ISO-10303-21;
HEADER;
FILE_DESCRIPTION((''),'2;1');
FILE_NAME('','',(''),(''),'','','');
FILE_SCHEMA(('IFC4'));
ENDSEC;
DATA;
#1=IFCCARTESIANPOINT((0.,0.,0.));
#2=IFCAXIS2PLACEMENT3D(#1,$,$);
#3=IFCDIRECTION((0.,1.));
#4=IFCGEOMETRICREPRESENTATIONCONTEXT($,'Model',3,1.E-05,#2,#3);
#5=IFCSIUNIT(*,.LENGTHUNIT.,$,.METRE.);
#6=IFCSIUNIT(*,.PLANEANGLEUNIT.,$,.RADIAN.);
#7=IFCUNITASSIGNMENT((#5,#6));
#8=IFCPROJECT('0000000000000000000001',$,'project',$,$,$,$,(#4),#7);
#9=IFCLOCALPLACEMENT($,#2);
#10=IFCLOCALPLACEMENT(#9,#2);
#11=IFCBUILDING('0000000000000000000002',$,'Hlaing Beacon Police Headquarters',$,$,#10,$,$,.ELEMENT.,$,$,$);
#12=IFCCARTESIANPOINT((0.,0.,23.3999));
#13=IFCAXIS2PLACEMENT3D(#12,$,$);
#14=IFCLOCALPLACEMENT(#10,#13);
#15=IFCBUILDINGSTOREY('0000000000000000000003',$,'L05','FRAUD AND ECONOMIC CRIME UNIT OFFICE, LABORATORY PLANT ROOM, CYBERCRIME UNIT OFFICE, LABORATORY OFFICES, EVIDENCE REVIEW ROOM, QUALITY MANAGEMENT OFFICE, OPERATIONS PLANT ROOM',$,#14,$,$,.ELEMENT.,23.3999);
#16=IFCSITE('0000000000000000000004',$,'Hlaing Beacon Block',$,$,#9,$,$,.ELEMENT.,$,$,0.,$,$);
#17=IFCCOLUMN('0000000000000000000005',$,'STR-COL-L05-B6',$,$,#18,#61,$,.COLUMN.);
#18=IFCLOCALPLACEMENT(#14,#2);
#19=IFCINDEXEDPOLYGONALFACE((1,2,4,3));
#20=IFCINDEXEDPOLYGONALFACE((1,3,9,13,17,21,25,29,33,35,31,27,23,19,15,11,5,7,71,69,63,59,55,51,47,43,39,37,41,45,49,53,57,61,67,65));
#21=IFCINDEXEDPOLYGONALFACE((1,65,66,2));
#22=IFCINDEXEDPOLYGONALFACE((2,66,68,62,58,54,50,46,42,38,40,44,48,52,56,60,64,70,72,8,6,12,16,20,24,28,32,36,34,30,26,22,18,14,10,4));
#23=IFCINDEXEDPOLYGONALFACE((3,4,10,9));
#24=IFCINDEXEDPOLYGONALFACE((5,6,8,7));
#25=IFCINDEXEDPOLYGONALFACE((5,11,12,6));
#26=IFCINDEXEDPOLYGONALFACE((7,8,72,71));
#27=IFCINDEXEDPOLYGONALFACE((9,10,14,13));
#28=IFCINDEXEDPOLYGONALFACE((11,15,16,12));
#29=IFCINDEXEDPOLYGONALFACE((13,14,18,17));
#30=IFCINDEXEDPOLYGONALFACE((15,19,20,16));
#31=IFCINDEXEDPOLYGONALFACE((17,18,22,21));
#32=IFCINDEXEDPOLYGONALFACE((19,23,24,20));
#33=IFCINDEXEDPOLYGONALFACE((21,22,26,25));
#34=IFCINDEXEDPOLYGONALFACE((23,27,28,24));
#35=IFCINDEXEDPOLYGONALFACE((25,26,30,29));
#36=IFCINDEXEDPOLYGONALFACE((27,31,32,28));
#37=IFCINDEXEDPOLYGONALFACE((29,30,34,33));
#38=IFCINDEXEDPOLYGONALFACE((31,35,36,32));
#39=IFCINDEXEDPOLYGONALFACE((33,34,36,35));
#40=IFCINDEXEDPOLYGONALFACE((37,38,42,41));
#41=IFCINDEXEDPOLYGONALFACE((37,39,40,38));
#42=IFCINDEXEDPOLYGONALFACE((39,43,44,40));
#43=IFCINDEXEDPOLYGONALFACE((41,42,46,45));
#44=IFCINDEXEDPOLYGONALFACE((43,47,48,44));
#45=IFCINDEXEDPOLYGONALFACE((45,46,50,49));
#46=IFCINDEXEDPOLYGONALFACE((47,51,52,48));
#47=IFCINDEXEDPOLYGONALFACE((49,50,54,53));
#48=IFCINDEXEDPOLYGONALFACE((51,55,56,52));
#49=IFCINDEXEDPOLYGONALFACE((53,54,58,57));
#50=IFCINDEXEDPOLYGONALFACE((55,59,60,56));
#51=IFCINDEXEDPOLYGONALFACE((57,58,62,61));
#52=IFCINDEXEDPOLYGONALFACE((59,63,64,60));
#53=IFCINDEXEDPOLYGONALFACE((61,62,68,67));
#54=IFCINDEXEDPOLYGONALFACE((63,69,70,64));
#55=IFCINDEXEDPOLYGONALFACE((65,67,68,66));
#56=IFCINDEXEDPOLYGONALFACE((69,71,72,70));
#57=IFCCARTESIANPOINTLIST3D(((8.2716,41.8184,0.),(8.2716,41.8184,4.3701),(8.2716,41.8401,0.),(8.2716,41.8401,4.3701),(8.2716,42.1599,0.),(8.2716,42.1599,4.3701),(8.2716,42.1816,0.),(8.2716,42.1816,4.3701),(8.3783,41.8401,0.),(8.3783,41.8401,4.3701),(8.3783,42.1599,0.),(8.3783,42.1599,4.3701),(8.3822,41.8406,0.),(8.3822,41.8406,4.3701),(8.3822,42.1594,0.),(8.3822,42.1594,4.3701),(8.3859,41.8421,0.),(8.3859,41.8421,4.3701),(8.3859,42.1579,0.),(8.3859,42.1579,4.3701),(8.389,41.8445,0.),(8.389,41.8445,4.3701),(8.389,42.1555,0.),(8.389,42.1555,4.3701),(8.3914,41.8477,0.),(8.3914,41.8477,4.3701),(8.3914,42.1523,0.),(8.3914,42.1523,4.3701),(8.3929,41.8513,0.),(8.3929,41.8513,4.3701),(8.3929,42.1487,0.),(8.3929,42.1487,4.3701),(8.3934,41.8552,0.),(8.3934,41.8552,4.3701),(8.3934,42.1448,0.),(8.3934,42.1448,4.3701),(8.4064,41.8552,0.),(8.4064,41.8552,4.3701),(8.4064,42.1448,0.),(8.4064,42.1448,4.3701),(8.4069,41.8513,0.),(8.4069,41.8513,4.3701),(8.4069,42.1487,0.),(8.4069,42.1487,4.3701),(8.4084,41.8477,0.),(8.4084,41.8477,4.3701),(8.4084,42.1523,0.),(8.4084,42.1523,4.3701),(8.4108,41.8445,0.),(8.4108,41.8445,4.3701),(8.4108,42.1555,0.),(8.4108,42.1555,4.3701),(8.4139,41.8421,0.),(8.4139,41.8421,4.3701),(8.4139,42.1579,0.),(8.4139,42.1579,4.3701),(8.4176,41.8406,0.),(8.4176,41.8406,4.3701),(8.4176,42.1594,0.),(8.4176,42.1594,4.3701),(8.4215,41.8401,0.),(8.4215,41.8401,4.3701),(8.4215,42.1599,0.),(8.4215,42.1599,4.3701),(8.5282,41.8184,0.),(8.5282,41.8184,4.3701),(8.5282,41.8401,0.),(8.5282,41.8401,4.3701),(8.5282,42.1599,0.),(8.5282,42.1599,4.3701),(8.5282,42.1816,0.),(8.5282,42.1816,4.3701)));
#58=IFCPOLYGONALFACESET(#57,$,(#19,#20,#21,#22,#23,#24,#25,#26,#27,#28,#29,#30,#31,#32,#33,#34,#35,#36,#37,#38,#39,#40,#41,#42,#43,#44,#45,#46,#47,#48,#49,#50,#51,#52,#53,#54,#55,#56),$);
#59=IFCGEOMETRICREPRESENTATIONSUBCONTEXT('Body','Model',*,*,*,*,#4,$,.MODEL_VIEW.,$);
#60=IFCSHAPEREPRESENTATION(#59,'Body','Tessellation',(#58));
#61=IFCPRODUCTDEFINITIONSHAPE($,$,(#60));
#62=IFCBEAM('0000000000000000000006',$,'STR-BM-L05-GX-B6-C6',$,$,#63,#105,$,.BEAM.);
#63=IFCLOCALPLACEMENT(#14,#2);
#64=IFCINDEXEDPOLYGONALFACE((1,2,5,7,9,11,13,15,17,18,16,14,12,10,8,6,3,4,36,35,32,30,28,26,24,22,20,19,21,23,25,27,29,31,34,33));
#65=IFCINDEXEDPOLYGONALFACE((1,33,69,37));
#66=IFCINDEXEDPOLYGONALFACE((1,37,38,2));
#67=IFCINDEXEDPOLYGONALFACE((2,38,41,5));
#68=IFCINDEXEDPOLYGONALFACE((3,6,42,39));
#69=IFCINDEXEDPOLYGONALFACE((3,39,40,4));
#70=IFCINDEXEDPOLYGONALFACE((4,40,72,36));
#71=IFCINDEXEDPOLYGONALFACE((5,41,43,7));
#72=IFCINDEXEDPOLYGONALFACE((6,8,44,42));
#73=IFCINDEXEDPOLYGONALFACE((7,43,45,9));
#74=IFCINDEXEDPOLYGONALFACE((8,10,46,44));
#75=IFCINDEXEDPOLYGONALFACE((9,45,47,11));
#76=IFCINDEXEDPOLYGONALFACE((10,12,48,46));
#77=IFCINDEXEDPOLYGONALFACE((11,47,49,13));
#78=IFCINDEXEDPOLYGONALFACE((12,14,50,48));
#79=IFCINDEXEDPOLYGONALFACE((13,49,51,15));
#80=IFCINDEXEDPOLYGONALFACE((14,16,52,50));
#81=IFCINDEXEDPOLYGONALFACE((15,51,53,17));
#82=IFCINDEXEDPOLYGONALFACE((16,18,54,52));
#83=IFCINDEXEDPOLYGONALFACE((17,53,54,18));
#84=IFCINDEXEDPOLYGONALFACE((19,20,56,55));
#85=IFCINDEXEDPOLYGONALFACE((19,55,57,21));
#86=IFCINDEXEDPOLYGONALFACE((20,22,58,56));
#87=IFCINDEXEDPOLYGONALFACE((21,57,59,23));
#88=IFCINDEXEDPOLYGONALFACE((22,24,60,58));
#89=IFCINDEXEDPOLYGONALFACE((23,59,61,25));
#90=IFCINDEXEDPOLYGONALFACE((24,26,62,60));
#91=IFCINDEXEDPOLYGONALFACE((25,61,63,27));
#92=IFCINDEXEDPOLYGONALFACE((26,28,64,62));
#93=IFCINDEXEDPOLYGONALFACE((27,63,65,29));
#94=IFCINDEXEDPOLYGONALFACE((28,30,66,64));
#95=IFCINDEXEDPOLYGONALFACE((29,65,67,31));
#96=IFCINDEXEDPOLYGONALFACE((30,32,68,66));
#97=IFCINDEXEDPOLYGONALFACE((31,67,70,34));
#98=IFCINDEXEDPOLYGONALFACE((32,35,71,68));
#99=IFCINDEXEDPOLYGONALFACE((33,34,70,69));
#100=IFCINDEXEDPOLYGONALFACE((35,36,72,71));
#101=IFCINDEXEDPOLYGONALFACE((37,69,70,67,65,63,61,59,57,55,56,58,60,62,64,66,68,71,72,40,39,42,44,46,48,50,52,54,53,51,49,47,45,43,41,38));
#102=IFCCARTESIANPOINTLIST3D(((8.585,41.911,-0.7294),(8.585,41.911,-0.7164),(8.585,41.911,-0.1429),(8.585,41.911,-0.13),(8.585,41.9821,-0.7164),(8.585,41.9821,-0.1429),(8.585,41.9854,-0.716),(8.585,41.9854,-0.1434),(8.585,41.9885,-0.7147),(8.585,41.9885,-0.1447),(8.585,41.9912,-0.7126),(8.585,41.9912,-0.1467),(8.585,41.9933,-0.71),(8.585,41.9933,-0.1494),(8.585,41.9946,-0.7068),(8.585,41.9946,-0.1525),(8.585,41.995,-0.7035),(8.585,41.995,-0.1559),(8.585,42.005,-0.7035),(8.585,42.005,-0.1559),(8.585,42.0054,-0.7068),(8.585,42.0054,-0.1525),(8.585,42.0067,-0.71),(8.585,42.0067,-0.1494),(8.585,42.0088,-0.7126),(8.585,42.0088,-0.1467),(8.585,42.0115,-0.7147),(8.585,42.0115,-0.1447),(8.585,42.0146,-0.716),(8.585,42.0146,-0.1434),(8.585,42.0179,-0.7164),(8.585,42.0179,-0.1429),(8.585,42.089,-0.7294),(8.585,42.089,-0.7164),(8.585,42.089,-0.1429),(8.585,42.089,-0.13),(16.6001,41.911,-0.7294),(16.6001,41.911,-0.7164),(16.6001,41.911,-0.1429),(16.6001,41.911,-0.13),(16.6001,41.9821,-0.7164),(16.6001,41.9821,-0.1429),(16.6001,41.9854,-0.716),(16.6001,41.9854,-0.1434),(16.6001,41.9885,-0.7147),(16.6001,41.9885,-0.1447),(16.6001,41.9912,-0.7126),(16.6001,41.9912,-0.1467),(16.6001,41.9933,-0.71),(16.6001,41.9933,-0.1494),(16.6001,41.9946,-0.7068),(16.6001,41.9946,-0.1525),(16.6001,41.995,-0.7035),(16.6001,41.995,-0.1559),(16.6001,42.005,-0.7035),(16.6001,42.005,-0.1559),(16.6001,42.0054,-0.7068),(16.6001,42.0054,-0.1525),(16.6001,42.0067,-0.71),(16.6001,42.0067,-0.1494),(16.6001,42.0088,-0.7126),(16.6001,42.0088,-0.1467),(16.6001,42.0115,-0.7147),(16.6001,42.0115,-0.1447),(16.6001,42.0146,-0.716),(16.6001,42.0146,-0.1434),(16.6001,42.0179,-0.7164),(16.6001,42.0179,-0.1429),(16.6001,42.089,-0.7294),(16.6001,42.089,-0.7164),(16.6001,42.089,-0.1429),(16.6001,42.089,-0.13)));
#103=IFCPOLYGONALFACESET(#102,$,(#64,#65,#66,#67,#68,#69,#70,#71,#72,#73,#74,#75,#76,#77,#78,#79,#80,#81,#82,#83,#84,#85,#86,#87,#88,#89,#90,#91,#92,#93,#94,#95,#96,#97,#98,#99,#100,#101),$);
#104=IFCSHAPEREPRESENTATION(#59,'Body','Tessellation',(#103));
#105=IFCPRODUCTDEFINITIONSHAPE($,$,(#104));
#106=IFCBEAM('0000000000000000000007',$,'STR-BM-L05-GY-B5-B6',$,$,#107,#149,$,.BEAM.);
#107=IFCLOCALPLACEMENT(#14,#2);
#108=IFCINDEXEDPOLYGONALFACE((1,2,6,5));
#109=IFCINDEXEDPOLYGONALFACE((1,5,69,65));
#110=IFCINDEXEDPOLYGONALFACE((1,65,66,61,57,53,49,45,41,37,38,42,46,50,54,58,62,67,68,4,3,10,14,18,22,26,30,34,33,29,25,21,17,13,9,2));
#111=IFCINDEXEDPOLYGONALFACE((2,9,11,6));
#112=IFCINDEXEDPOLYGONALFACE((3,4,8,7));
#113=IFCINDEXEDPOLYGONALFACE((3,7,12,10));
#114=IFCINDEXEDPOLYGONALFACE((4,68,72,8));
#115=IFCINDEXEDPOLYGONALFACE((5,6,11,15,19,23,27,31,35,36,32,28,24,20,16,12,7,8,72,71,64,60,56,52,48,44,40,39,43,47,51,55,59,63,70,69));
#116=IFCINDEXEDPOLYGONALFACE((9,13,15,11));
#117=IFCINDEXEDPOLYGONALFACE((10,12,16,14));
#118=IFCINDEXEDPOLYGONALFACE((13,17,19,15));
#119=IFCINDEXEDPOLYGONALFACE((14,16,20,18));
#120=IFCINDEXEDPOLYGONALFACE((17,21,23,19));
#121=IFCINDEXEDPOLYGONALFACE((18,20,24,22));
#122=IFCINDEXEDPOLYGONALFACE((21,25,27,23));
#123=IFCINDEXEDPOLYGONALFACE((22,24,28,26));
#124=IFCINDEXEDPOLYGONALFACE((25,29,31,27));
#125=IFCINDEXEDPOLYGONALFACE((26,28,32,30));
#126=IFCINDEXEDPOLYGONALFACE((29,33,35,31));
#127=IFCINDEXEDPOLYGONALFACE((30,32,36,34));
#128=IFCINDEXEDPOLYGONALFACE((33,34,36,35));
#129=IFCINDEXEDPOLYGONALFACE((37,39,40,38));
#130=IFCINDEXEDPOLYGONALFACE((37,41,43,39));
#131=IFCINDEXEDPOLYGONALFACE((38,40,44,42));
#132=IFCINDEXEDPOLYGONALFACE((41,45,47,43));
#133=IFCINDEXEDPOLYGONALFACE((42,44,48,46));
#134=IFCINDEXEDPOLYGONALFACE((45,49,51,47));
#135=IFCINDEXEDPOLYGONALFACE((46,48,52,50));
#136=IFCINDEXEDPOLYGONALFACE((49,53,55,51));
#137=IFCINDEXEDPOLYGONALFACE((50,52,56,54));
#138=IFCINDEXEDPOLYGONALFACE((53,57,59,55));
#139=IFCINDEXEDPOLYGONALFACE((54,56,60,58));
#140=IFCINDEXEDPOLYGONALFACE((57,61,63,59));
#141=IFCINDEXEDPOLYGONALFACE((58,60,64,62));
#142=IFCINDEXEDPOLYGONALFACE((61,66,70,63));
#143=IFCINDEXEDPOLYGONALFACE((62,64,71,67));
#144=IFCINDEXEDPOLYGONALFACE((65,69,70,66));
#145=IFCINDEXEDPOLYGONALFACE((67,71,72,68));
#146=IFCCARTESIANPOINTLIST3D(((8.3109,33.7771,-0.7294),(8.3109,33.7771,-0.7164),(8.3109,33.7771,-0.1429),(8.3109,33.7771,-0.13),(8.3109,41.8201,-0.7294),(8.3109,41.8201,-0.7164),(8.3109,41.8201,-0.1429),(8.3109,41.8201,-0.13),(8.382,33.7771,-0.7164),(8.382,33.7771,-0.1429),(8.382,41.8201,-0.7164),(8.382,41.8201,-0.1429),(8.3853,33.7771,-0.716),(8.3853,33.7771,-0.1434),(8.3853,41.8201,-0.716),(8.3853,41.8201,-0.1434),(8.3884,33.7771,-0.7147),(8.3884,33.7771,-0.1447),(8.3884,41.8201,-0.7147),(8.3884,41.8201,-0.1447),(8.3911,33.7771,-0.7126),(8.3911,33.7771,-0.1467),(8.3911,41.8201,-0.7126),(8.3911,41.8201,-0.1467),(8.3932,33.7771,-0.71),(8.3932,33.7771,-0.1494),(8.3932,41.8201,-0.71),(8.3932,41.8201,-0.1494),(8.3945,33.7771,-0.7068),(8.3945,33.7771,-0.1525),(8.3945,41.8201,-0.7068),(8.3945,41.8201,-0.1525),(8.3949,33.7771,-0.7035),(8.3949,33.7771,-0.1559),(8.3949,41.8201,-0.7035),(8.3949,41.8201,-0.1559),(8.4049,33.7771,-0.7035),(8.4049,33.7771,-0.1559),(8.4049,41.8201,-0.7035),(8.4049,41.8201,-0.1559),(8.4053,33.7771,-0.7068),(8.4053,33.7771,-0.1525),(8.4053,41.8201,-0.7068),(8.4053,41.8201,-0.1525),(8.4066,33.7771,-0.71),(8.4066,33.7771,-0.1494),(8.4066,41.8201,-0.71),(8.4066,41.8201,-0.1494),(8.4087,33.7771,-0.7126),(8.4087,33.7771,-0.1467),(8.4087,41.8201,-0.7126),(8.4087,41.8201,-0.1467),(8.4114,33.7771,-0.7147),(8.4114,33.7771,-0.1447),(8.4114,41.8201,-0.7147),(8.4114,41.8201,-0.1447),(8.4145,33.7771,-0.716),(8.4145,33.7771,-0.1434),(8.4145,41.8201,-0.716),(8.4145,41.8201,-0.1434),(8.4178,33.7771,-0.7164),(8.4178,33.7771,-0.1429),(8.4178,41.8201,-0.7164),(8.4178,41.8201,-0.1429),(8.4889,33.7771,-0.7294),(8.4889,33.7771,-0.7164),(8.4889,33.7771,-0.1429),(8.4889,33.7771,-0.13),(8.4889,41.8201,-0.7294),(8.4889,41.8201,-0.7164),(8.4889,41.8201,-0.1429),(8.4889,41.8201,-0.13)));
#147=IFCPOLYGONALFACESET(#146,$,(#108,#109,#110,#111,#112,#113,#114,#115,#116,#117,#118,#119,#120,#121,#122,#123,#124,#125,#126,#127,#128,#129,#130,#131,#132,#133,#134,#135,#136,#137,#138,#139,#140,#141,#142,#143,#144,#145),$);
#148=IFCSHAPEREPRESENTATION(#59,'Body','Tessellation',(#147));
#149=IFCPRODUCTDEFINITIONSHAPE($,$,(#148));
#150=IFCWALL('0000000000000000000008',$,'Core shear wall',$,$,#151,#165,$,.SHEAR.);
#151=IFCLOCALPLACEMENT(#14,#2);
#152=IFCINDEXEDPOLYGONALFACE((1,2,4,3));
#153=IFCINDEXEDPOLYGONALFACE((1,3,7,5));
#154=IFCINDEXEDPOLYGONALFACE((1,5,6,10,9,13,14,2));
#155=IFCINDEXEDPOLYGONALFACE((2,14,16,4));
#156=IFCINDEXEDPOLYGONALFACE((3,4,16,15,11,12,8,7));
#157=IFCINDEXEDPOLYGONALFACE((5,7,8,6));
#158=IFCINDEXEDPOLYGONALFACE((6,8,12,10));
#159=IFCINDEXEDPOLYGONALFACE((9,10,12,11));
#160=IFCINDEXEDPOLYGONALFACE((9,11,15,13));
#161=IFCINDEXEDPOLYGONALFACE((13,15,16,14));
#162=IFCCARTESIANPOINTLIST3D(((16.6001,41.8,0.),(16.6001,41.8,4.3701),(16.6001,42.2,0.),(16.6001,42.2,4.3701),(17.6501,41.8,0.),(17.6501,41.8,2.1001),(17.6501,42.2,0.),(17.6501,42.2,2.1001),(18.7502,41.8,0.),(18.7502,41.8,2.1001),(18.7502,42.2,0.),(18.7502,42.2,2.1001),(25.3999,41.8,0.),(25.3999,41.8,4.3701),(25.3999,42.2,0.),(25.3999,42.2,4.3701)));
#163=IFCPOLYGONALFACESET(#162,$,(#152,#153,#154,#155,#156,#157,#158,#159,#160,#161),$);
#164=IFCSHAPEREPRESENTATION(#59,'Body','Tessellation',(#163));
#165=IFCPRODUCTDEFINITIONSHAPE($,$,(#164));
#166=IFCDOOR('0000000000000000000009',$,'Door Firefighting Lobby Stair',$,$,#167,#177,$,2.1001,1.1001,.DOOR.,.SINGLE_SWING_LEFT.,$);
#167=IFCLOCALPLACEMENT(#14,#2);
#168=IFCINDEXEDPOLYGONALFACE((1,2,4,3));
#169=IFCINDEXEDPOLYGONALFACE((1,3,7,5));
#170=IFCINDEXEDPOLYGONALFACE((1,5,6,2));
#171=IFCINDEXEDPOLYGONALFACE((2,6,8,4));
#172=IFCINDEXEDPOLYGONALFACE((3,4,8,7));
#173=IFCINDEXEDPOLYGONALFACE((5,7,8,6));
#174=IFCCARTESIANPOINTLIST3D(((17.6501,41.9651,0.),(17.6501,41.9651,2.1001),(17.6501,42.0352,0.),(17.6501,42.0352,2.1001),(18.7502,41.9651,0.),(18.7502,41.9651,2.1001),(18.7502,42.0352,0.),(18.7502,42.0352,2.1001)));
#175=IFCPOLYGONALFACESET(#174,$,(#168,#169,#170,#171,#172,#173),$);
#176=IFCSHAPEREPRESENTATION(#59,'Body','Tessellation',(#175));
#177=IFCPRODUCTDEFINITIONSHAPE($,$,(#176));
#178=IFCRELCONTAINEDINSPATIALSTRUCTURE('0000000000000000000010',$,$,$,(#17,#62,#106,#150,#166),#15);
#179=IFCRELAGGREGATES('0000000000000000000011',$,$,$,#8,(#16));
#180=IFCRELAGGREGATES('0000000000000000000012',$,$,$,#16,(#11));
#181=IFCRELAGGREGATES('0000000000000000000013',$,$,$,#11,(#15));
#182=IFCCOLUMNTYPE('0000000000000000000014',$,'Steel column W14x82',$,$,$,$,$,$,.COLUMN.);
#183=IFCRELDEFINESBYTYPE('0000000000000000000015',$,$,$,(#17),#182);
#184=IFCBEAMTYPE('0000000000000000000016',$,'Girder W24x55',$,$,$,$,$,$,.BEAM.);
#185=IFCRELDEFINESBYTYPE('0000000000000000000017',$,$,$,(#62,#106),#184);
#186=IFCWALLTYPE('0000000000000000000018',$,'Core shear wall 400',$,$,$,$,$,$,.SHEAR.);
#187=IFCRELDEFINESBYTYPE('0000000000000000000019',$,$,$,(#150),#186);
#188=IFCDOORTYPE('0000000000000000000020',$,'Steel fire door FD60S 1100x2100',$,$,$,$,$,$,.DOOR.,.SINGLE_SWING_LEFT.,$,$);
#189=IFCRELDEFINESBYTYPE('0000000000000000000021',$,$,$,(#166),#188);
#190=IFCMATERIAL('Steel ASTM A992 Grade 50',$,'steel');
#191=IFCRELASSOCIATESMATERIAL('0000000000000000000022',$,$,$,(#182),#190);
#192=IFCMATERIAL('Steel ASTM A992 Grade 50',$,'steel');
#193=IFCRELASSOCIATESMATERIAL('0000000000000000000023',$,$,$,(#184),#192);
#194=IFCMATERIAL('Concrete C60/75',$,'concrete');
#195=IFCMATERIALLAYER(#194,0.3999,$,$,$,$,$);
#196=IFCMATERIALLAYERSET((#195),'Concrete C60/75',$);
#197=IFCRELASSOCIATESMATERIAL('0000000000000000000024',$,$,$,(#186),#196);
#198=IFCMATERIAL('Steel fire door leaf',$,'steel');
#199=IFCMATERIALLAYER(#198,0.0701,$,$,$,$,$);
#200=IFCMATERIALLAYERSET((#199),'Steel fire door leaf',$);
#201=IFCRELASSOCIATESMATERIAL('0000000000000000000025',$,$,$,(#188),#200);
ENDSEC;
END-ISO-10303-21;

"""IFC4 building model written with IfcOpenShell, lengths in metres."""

from ifc_helpers import new_model, si_unit, direction, frame, frame_2d, origin, origin_2d, place, context, subcontext, project, spatial, rectangle, i_section, extrude, material, layer, layer_set, material_profile, profile_set, type_object, element, fill, save


model = new_model("IFC4")

# Units and contexts
model_context = context("Model", 3, precision=1e-05, world=origin(), true_north=direction((0.0, 1.0)))
body_context = subcontext(model_context, "Body", "Model", "MODEL_VIEW")
ifc_project = project(units=[si_unit("LENGTHUNIT", "METRE"), si_unit("PLANEANGLEUNIT", "RADIAN")], contexts=[model_context])

# Site, building, storey
site_placement = place(None, origin())
site = spatial("IfcSite", under=ifc_project, at=site_placement, Name="Hlaing Beacon Block", CompositionType="ELEMENT", RefElevation=0.0)
building_placement = place(site_placement, origin())
building = spatial("IfcBuilding", under=site, at=building_placement, Name="Hlaing Beacon Police Headquarters", CompositionType="ELEMENT")
storey_placement = place(building_placement, frame((0.0, 0.0, 23.3999)))
storey = spatial("IfcBuildingStorey", under=building, at=storey_placement, Name="L05", Description="FRAUD AND ECONOMIC CRIME UNIT OFFICE, LABORATORY PLANT ROOM, CYBERCRIME UNIT OFFICE, LABORATORY OFFICES, EVIDENCE REVIEW ROOM, QUALITY MANAGEMENT OFFICE, OPERATIONS PLANT ROOM", CompositionType="ELEMENT", Elevation=23.3999)

# Column
ifc_material_1 = material(Name="Steel ASTM A992 Grade 50", Category="steel")
ifc_material_profile_1 = material_profile(ifc_material_1, i_section(OverallWidth=0.2566, OverallDepth=0.3633, WebThickness=0.0129, FlangeThickness=0.0217, FilletRadius=0.0151, at=origin_2d()), Name="W14x82")
ifc_profile_set_1 = profile_set([ifc_material_profile_1], Name="Steel ASTM A992 Grade 50")
column_type = type_object("IfcColumnType", Name="Steel column W14x82", PredefinedType="COLUMN", material=ifc_profile_set_1)
column_placement = place(storey_placement, frame((8.3999, 42.0, 0.0), z_axis=(0.0, 0.0, 1.0), x_axis=(1.0, 0.0, 0.0)))
element("IfcColumn", 1, at=column_placement, inside=storey, type_object=column_type, Name="STR-COL-L05-B6", PredefinedType="COLUMN", context=body_context, shape_type="SweptSolid", body=[
    extrude(i_section(OverallWidth=0.2566, OverallDepth=0.3633, WebThickness=0.0129, FlangeThickness=0.0217, FilletRadius=0.0151, at=origin_2d()), origin(), (0.0, 0.0, 1.0), 4.3701),
])

# Beams
ifc_material_2 = material(Name="Steel ASTM A992 Grade 50", Category="steel")
ifc_material_profile_2 = material_profile(ifc_material_2, i_section(OverallWidth=0.178, OverallDepth=0.5994, WebThickness=0.01, FlangeThickness=0.0129, FilletRadius=0.0129, at=origin_2d()), Name="W24x55")
ifc_profile_set_2 = profile_set([ifc_material_profile_2], Name="Steel ASTM A992 Grade 50")
beam_type = type_object("IfcBeamType", Name="Girder W24x55", PredefinedType="BEAM", material=ifc_profile_set_2)
beam_1_placement = place(storey_placement, frame((8.585, 42.0, -0.4297), z_axis=(1.0, 0.0, 0.0), x_axis=(0.0, 1.0, 0.0)))
element("IfcBeam", 2, at=beam_1_placement, inside=storey, type_object=beam_type, Name="STR-BM-L05-GX-B6-C6", PredefinedType="BEAM", context=body_context, shape_type="SweptSolid", body=[
    extrude(i_section(OverallWidth=0.178, OverallDepth=0.5994, WebThickness=0.01, FlangeThickness=0.0129, FilletRadius=0.0129, at=origin_2d()), origin(), (0.0, 0.0, 1.0), 8.0151),
])
beam_2_placement = place(storey_placement, frame((8.3999, 33.7771, -0.4297), z_axis=(0.0, 1.0, 0.0), x_axis=(-1.0, 0.0, 0.0)))
element("IfcBeam", 3, at=beam_2_placement, inside=storey, type_object=beam_type, Name="STR-BM-L05-GY-B5-B6", PredefinedType="BEAM", context=body_context, shape_type="SweptSolid", body=[
    extrude(i_section(OverallWidth=0.178, OverallDepth=0.5994, WebThickness=0.01, FlangeThickness=0.0129, FilletRadius=0.0129, at=origin_2d()), origin(), (0.0, 0.0, 1.0), 8.043),
])

# Wall, opening, door
ifc_material_3 = material(Name="Concrete C60/75", Category="concrete")
ifc_layer_1 = layer(ifc_material_3, 0.3999)
ifc_layer_set_1 = layer_set([ifc_layer_1], Name="Concrete C60/75")
wall_type_1 = type_object("IfcWallType", Name="Core shear wall 400", PredefinedType="SHEAR", material=ifc_layer_set_1)
wall_1_placement = place(storey_placement, frame((16.6001, 42.0, 0.0), z_axis=(0.0, 0.0, 1.0), x_axis=(1.0, 0.0, 0.0)))
wall_1 = element("IfcWall", 4, at=wall_1_placement, inside=storey, type_object=wall_type_1, Name="Core shear wall", PredefinedType="SHEAR", context=body_context, shape_type="SweptSolid", body=[
    extrude(rectangle(XDim=8.7998, YDim=0.3999, at=frame_2d((4.3999, 0.0))), origin(), (0.0, 0.0, 1.0), 4.3701),
])
opening_1_placement = place(wall_1_placement, frame((1.05, 0.0, 0.0)))
opening_1 = element("IfcOpeningElement", 5, at=opening_1_placement, cuts=wall_1, PredefinedType="OPENING", context=body_context, shape_type="SweptSolid", body=[
    extrude(rectangle(XDim=1.1001, YDim=2.1001, at=frame_2d((0.55, 1.05))), frame((0.0, 0.21, 0.0), z_axis=(0.0, -1.0, 0.0), x_axis=(1.0, 0.0, 0.0)), (0.0, 0.0, 1.0), 0.4199),
])
ifc_material_4 = material(Name="Steel fire door leaf", Category="steel")
ifc_layer_2 = layer(ifc_material_4, 0.0701)
ifc_layer_set_2 = layer_set([ifc_layer_2], Name="Steel fire door leaf")
door_type_1 = type_object("IfcDoorType", Name="Steel fire door FD60S 1100x2100", OperationType="SINGLE_SWING_LEFT", PredefinedType="DOOR", material=ifc_layer_set_2)
door_1_placement = place(opening_1_placement, frame((1.1001, 0.0, 0.0), z_axis=(0.0, 0.0, 1.0), x_axis=(-1.0, 0.0, 0.0)))
door_1 = element("IfcDoor", 6, at=door_1_placement, inside=storey, type_object=door_type_1, Name="Door Firefighting Lobby Stair", OperationType="SINGLE_SWING_LEFT", OverallHeight=2.1001, OverallWidth=1.1001, PredefinedType="DOOR", context=body_context, shape_type="SweptSolid", body=[
    extrude(rectangle(XDim=1.1001, YDim=2.1001, at=frame_2d((0.55, 1.05))), frame((0.0, 0.0349, 0.0), z_axis=(0.0, -1.0, 0.0), x_axis=(1.0, 0.0, 0.0)), (0.0, 0.0, 1.0), 0.0701),
])
fill(opening_1, door_1)

save(model, "model.ifc")
